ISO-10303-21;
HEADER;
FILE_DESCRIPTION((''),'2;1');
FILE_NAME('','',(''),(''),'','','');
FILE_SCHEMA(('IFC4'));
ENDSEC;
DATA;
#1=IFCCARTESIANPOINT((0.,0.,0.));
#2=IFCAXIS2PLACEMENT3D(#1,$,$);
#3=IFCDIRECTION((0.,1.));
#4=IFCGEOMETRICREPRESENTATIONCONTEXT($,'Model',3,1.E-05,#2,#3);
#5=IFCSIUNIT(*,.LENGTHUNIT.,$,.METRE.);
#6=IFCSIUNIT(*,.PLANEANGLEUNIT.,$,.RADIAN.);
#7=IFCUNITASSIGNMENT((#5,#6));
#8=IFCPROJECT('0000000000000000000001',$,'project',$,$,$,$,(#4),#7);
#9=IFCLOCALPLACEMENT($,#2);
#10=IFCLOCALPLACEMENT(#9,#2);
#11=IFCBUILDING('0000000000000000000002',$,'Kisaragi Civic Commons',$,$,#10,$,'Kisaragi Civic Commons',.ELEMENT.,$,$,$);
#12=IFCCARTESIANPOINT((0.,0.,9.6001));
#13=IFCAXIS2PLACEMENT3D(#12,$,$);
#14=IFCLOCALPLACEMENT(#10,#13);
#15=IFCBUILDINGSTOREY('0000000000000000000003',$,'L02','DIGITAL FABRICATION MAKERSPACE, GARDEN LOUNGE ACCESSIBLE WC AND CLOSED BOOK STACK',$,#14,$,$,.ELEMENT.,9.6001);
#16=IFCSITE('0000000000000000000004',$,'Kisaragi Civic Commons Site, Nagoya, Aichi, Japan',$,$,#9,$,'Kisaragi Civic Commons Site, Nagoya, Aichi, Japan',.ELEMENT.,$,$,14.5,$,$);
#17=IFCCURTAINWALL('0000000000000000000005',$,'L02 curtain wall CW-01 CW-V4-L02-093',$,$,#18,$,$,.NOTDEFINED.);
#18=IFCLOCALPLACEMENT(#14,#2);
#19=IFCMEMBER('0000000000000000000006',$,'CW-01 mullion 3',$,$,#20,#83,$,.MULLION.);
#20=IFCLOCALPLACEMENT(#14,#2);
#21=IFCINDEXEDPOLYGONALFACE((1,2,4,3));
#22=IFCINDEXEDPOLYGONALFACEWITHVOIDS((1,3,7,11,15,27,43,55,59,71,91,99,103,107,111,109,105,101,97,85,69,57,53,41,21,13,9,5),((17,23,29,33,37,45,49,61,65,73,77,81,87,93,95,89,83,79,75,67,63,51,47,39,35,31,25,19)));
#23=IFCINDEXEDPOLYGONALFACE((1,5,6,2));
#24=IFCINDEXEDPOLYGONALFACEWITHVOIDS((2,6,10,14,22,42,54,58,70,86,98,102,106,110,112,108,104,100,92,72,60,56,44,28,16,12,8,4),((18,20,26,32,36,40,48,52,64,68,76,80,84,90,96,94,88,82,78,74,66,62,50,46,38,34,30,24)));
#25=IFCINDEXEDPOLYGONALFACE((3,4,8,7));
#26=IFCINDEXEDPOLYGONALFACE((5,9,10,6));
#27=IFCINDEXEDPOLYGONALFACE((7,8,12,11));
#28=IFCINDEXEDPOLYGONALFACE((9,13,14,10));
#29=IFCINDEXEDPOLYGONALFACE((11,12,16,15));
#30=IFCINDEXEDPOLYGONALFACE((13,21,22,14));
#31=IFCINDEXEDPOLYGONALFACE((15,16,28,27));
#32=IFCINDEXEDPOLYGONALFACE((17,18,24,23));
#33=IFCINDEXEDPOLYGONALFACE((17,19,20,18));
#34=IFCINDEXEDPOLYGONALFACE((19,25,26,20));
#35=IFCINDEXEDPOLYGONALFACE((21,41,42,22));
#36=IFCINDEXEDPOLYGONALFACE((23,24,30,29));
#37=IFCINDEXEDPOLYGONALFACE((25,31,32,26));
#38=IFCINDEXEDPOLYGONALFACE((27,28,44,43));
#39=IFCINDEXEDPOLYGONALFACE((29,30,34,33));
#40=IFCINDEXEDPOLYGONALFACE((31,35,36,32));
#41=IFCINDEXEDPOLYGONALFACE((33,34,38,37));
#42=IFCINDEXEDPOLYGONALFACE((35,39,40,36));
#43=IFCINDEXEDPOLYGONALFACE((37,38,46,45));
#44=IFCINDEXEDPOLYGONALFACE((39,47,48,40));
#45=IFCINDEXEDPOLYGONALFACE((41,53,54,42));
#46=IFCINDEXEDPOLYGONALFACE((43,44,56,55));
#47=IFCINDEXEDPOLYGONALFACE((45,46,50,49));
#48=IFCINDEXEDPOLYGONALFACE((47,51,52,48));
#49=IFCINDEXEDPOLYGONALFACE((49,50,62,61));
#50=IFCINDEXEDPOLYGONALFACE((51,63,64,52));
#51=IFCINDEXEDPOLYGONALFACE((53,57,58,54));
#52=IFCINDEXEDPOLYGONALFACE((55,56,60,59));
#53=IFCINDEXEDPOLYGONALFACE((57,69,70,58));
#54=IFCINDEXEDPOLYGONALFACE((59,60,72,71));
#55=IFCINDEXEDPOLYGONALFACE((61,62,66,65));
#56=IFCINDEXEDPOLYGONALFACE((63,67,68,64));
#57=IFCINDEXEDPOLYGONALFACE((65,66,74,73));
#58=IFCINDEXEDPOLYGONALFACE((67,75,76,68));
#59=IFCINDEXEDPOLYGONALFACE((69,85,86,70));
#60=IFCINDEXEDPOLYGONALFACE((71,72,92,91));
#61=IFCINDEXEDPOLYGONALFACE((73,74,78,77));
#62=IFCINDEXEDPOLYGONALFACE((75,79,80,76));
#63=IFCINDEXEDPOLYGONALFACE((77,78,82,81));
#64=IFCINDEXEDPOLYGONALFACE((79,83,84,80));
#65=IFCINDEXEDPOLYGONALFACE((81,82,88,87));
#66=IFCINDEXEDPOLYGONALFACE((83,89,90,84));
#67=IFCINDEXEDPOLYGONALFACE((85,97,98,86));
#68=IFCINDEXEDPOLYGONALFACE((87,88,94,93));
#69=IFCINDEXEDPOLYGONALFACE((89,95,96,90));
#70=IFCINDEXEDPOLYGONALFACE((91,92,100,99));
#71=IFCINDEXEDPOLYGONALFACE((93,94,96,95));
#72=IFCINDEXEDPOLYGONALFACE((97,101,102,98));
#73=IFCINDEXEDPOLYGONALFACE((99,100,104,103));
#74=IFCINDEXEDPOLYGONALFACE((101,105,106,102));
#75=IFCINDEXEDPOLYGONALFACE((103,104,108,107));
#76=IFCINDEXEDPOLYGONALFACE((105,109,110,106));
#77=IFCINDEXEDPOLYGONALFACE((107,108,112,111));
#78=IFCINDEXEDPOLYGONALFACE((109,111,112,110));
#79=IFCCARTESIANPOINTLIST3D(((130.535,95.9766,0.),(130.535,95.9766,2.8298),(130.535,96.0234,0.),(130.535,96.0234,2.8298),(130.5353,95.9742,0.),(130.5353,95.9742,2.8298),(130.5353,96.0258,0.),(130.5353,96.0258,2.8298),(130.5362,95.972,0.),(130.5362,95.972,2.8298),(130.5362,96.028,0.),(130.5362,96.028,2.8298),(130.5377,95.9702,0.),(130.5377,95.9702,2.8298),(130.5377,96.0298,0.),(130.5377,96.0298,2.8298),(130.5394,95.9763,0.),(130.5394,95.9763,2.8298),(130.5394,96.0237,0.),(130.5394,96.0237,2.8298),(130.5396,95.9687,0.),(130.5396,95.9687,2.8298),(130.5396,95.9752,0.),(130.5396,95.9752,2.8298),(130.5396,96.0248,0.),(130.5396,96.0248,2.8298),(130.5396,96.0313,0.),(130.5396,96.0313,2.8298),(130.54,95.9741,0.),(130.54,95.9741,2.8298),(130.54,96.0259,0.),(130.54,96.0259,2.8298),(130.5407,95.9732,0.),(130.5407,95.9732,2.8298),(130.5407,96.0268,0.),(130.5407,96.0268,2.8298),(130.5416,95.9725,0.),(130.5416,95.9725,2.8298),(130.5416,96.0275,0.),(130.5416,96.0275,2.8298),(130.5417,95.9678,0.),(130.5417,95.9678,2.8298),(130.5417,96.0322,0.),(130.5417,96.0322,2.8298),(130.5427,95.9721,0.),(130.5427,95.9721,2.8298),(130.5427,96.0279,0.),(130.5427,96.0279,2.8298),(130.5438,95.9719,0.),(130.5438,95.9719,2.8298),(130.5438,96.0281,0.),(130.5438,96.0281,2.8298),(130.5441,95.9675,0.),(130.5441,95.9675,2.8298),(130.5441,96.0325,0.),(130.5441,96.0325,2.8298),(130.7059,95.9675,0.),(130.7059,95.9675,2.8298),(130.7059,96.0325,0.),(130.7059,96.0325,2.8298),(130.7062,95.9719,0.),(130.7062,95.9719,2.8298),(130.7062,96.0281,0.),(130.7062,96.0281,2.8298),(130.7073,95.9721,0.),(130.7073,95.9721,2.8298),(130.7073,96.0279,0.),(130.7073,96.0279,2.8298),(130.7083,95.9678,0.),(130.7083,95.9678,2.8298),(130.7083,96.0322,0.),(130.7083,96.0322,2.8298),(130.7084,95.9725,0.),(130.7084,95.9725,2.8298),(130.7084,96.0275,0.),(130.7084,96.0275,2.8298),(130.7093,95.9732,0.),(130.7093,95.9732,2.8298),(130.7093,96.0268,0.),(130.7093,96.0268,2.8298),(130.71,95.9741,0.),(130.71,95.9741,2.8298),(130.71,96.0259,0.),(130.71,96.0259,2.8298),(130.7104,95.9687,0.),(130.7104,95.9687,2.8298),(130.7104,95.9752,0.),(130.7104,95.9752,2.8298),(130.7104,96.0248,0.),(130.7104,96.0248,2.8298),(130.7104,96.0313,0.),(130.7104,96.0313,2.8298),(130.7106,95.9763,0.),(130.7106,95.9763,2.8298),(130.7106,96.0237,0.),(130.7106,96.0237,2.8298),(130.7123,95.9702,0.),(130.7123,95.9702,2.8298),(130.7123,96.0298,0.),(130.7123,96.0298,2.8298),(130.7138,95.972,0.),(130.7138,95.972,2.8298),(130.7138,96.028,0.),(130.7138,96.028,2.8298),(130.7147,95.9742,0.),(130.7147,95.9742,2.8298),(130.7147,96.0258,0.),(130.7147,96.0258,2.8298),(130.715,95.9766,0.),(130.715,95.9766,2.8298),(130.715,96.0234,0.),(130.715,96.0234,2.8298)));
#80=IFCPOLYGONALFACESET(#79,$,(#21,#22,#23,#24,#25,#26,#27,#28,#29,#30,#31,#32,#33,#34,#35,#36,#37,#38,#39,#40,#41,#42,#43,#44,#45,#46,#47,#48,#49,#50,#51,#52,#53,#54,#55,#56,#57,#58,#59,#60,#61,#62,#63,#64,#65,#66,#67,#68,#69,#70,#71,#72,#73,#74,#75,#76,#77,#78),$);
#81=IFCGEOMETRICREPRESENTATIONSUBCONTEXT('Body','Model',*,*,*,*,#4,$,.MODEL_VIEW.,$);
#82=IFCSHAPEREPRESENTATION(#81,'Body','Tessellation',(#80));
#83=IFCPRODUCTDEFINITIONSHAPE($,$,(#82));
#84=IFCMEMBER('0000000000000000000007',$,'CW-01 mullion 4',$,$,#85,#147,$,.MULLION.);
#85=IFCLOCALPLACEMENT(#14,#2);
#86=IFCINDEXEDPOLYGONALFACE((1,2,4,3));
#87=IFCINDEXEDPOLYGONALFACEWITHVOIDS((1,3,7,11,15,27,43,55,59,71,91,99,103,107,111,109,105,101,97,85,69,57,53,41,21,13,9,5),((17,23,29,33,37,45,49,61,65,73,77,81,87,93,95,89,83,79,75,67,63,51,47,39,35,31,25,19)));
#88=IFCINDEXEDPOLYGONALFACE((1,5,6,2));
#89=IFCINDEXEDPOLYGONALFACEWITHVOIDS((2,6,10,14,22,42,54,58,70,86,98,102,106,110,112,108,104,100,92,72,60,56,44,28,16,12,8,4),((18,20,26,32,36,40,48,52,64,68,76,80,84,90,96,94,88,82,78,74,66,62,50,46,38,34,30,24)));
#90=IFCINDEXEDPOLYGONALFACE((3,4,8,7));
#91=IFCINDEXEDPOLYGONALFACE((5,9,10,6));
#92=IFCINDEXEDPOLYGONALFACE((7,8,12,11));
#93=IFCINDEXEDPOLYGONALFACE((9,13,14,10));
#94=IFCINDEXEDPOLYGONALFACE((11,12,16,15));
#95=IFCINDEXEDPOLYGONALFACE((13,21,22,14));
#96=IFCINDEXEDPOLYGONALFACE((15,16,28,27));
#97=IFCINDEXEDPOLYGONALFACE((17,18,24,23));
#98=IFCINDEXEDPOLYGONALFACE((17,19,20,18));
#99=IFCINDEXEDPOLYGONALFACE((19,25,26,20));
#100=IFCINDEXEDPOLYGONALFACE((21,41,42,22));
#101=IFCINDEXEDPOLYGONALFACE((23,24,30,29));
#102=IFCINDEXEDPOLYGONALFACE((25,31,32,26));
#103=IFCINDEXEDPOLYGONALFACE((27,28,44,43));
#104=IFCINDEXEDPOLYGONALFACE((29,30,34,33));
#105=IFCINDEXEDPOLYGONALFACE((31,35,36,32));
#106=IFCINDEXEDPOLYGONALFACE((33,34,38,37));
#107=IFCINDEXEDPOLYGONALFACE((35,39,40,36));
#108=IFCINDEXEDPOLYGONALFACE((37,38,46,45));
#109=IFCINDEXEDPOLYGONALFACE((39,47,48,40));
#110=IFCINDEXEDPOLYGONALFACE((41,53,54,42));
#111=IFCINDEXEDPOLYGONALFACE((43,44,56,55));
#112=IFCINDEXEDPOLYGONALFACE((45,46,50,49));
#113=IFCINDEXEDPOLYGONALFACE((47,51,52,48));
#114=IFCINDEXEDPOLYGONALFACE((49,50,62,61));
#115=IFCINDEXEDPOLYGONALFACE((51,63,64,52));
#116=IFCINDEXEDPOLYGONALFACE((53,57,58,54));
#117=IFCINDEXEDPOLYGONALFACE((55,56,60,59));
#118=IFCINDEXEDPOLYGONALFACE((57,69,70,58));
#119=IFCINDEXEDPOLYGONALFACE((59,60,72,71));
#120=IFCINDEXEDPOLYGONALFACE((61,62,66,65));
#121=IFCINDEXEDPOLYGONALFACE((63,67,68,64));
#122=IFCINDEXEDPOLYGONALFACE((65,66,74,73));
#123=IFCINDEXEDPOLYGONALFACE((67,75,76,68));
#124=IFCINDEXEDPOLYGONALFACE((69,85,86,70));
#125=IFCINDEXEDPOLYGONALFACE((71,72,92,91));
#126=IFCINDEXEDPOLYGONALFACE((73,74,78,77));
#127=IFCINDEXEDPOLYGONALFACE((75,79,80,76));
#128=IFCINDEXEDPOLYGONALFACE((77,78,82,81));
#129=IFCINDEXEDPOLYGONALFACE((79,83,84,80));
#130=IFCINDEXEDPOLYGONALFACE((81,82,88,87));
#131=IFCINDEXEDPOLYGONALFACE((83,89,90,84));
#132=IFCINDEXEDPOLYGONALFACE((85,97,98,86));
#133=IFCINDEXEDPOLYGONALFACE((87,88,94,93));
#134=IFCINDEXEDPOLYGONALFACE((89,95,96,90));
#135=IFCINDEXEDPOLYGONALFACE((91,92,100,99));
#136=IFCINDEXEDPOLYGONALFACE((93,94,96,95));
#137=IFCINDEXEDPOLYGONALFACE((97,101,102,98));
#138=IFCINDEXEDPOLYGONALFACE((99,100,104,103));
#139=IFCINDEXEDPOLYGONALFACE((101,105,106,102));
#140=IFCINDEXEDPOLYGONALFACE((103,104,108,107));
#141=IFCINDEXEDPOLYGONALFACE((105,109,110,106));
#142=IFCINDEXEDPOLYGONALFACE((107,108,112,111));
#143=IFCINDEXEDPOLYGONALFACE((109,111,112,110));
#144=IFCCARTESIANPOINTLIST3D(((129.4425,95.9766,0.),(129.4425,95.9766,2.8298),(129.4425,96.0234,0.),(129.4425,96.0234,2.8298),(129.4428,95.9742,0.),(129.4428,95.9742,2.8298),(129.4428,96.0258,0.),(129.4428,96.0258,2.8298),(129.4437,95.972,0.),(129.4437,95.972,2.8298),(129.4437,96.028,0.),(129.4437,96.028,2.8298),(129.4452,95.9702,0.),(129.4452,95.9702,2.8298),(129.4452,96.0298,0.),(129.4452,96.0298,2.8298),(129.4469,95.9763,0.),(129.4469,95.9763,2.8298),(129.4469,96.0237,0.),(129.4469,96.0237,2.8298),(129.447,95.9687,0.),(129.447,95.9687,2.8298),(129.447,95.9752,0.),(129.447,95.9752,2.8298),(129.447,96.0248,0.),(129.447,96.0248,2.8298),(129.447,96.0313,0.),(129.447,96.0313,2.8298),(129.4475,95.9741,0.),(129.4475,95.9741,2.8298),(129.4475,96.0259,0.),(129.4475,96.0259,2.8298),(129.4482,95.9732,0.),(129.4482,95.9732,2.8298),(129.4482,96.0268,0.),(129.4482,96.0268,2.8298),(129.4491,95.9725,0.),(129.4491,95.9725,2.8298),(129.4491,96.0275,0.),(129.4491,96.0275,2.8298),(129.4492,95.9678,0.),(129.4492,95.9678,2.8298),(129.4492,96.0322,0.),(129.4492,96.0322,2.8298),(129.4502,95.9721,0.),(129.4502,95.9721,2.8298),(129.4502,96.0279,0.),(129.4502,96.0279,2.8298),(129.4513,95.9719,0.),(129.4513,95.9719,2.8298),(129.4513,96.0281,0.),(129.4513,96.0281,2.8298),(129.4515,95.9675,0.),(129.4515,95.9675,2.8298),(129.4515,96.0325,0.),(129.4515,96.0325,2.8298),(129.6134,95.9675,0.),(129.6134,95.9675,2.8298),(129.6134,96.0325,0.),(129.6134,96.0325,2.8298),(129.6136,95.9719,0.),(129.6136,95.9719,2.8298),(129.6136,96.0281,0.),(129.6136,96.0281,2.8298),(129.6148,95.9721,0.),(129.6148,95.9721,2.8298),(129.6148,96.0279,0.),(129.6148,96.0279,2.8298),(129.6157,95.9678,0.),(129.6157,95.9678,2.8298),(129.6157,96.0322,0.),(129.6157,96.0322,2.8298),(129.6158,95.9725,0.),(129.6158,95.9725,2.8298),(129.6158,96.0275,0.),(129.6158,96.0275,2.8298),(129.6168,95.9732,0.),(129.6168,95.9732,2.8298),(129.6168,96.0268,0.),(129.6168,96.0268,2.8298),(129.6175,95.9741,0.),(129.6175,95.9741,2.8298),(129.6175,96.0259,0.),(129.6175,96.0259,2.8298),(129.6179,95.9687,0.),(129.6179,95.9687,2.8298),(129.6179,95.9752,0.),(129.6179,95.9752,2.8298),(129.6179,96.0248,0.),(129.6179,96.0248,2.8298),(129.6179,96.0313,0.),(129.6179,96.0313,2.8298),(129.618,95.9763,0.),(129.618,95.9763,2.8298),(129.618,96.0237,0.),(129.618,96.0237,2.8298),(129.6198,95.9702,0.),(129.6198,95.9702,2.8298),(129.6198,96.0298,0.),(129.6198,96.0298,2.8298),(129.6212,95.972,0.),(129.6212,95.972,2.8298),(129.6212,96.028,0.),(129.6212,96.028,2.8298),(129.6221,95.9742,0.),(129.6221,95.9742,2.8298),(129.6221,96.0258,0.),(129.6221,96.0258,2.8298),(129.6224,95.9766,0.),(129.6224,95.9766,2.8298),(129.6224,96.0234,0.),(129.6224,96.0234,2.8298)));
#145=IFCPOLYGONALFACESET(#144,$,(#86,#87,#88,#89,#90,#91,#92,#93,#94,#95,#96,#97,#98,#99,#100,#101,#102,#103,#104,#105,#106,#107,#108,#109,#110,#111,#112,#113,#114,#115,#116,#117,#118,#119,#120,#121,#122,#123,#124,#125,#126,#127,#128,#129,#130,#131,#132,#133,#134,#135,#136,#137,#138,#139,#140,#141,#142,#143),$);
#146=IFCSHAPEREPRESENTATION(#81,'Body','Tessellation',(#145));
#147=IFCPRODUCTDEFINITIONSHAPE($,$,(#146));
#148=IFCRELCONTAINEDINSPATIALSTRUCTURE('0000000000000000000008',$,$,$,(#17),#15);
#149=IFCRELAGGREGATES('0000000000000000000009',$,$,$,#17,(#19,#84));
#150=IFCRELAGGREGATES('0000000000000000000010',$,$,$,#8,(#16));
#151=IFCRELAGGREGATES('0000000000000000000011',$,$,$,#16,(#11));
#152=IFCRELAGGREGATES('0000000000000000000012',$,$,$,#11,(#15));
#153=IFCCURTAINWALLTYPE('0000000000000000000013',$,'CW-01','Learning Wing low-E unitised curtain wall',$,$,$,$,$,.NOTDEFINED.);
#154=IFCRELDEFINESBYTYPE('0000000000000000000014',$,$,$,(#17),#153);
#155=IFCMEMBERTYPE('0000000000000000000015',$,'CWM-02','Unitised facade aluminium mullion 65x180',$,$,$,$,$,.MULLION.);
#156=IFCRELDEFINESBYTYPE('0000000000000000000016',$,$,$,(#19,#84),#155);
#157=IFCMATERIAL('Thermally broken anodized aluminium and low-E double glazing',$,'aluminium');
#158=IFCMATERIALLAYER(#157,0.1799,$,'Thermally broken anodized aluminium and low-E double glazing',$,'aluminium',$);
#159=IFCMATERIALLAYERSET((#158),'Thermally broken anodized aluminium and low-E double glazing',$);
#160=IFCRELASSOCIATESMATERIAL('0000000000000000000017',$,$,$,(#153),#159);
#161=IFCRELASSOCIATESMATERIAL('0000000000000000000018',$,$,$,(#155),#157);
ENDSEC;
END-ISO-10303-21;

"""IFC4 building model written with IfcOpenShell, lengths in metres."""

from ifc_helpers import new_model, si_unit, direction, frame, origin, origin_2d, place, context, subcontext, project, spatial, hollow_rectangle, extrude, material, layer, layer_set, material_profile, profile_set, type_object, element, aggregate, save


model = new_model("IFC4")

# Units and contexts
model_context = context("Model", 3, precision=1e-05, world=origin(), true_north=direction((0.0, 1.0)))
body_context = subcontext(model_context, "Body", "Model", "MODEL_VIEW")
ifc_project = project(units=[si_unit("LENGTHUNIT", "METRE"), si_unit("PLANEANGLEUNIT", "RADIAN")], contexts=[model_context])

# Site, building, storey
site_placement = place(None, origin())
site = spatial("IfcSite", under=ifc_project, at=site_placement, Name="Kisaragi Civic Commons Site, Nagoya, Aichi, Japan", LongName="Kisaragi Civic Commons Site, Nagoya, Aichi, Japan", CompositionType="ELEMENT", RefElevation=14.5)
building_placement = place(site_placement, origin())
building = spatial("IfcBuilding", under=site, at=building_placement, Name="Kisaragi Civic Commons", LongName="Kisaragi Civic Commons", CompositionType="ELEMENT")
storey_placement = place(building_placement, frame((0.0, 0.0, 9.6001)))
storey = spatial("IfcBuildingStorey", under=building, at=storey_placement, Name="L02", Description="DIGITAL FABRICATION MAKERSPACE, GARDEN LOUNGE ACCESSIBLE WC AND CLOSED BOOK STACK", CompositionType="ELEMENT", Elevation=9.6001)

# Curtain wall, members
ifc_material = material(Name="Thermally broken anodized aluminium and low-E double glazing", Category="aluminium")
ifc_layer_1 = layer(ifc_material, 0.1799, Name="Thermally broken anodized aluminium and low-E double glazing", Category="aluminium")
ifc_layer_set_1 = layer_set([ifc_layer_1], Name="Thermally broken anodized aluminium and low-E double glazing")
curtain_wall_type = type_object("IfcCurtainWallType", Name="CW-01", Description="Learning Wing low-E unitised curtain wall", PredefinedType="NOTDEFINED", material=ifc_layer_set_1)
curtain_wall_1_placement = place(storey_placement, origin())
curtain_wall_1 = element("IfcCurtainWall", 1, at=curtain_wall_1_placement, inside=storey, type_object=curtain_wall_type, Name="L02 curtain wall CW-01 CW-V4-L02-093", PredefinedType="NOTDEFINED")
ifc_material_profile_1 = material_profile(ifc_material, hollow_rectangle(XDim=0.0649, YDim=0.1799, WallThickness=0.0044, InnerFilletRadius=0.0044, OuterFilletRadius=0.009, at=origin_2d()), Name="CWM-65x180x4.5", Category="aluminium")
ifc_profile_set_1 = profile_set([ifc_material_profile_1], Name="Thermally broken anodized aluminium and low-E double glazing")
member_type_1 = type_object("IfcMemberType", Name="CWM-02", Description="Unitised facade aluminium mullion 65x180", PredefinedType="MULLION", material=ifc_profile_set_1)
member_1_placement = place(storey_placement, frame((130.625, 96.0, 0.0), z_axis=(0.0, 0.0, 1.0), x_axis=(0.0, -1.0, 0.0)))
member_1 = element("IfcMember", 2, at=member_1_placement, type_object=member_type_1, Name="CW-01 mullion 3", PredefinedType="MULLION", context=body_context, shape_type="SweptSolid", body=[
    extrude(hollow_rectangle(XDim=0.0649, YDim=0.1799, WallThickness=0.0044, InnerFilletRadius=0.0044, OuterFilletRadius=0.009, at=origin_2d()), origin(), (0.0, 0.0, 1.0), 2.8298),
])
member_2_placement = place(storey_placement, frame((129.5325, 96.0, 0.0), z_axis=(0.0, 0.0, 1.0), x_axis=(0.0, -1.0, 0.0)))
member_2 = element("IfcMember", 3, at=member_2_placement, type_object=member_type_1, Name="CW-01 mullion 4", PredefinedType="MULLION", context=body_context, shape_type="SweptSolid", body=[
    extrude(hollow_rectangle(XDim=0.0649, YDim=0.1799, WallThickness=0.0044, InnerFilletRadius=0.0044, OuterFilletRadius=0.009, at=origin_2d()), origin(), (0.0, 0.0, 1.0), 2.8298),
])

aggregate(curtain_wall_1, [member_1, member_2])

save(model, "model.ifc")
